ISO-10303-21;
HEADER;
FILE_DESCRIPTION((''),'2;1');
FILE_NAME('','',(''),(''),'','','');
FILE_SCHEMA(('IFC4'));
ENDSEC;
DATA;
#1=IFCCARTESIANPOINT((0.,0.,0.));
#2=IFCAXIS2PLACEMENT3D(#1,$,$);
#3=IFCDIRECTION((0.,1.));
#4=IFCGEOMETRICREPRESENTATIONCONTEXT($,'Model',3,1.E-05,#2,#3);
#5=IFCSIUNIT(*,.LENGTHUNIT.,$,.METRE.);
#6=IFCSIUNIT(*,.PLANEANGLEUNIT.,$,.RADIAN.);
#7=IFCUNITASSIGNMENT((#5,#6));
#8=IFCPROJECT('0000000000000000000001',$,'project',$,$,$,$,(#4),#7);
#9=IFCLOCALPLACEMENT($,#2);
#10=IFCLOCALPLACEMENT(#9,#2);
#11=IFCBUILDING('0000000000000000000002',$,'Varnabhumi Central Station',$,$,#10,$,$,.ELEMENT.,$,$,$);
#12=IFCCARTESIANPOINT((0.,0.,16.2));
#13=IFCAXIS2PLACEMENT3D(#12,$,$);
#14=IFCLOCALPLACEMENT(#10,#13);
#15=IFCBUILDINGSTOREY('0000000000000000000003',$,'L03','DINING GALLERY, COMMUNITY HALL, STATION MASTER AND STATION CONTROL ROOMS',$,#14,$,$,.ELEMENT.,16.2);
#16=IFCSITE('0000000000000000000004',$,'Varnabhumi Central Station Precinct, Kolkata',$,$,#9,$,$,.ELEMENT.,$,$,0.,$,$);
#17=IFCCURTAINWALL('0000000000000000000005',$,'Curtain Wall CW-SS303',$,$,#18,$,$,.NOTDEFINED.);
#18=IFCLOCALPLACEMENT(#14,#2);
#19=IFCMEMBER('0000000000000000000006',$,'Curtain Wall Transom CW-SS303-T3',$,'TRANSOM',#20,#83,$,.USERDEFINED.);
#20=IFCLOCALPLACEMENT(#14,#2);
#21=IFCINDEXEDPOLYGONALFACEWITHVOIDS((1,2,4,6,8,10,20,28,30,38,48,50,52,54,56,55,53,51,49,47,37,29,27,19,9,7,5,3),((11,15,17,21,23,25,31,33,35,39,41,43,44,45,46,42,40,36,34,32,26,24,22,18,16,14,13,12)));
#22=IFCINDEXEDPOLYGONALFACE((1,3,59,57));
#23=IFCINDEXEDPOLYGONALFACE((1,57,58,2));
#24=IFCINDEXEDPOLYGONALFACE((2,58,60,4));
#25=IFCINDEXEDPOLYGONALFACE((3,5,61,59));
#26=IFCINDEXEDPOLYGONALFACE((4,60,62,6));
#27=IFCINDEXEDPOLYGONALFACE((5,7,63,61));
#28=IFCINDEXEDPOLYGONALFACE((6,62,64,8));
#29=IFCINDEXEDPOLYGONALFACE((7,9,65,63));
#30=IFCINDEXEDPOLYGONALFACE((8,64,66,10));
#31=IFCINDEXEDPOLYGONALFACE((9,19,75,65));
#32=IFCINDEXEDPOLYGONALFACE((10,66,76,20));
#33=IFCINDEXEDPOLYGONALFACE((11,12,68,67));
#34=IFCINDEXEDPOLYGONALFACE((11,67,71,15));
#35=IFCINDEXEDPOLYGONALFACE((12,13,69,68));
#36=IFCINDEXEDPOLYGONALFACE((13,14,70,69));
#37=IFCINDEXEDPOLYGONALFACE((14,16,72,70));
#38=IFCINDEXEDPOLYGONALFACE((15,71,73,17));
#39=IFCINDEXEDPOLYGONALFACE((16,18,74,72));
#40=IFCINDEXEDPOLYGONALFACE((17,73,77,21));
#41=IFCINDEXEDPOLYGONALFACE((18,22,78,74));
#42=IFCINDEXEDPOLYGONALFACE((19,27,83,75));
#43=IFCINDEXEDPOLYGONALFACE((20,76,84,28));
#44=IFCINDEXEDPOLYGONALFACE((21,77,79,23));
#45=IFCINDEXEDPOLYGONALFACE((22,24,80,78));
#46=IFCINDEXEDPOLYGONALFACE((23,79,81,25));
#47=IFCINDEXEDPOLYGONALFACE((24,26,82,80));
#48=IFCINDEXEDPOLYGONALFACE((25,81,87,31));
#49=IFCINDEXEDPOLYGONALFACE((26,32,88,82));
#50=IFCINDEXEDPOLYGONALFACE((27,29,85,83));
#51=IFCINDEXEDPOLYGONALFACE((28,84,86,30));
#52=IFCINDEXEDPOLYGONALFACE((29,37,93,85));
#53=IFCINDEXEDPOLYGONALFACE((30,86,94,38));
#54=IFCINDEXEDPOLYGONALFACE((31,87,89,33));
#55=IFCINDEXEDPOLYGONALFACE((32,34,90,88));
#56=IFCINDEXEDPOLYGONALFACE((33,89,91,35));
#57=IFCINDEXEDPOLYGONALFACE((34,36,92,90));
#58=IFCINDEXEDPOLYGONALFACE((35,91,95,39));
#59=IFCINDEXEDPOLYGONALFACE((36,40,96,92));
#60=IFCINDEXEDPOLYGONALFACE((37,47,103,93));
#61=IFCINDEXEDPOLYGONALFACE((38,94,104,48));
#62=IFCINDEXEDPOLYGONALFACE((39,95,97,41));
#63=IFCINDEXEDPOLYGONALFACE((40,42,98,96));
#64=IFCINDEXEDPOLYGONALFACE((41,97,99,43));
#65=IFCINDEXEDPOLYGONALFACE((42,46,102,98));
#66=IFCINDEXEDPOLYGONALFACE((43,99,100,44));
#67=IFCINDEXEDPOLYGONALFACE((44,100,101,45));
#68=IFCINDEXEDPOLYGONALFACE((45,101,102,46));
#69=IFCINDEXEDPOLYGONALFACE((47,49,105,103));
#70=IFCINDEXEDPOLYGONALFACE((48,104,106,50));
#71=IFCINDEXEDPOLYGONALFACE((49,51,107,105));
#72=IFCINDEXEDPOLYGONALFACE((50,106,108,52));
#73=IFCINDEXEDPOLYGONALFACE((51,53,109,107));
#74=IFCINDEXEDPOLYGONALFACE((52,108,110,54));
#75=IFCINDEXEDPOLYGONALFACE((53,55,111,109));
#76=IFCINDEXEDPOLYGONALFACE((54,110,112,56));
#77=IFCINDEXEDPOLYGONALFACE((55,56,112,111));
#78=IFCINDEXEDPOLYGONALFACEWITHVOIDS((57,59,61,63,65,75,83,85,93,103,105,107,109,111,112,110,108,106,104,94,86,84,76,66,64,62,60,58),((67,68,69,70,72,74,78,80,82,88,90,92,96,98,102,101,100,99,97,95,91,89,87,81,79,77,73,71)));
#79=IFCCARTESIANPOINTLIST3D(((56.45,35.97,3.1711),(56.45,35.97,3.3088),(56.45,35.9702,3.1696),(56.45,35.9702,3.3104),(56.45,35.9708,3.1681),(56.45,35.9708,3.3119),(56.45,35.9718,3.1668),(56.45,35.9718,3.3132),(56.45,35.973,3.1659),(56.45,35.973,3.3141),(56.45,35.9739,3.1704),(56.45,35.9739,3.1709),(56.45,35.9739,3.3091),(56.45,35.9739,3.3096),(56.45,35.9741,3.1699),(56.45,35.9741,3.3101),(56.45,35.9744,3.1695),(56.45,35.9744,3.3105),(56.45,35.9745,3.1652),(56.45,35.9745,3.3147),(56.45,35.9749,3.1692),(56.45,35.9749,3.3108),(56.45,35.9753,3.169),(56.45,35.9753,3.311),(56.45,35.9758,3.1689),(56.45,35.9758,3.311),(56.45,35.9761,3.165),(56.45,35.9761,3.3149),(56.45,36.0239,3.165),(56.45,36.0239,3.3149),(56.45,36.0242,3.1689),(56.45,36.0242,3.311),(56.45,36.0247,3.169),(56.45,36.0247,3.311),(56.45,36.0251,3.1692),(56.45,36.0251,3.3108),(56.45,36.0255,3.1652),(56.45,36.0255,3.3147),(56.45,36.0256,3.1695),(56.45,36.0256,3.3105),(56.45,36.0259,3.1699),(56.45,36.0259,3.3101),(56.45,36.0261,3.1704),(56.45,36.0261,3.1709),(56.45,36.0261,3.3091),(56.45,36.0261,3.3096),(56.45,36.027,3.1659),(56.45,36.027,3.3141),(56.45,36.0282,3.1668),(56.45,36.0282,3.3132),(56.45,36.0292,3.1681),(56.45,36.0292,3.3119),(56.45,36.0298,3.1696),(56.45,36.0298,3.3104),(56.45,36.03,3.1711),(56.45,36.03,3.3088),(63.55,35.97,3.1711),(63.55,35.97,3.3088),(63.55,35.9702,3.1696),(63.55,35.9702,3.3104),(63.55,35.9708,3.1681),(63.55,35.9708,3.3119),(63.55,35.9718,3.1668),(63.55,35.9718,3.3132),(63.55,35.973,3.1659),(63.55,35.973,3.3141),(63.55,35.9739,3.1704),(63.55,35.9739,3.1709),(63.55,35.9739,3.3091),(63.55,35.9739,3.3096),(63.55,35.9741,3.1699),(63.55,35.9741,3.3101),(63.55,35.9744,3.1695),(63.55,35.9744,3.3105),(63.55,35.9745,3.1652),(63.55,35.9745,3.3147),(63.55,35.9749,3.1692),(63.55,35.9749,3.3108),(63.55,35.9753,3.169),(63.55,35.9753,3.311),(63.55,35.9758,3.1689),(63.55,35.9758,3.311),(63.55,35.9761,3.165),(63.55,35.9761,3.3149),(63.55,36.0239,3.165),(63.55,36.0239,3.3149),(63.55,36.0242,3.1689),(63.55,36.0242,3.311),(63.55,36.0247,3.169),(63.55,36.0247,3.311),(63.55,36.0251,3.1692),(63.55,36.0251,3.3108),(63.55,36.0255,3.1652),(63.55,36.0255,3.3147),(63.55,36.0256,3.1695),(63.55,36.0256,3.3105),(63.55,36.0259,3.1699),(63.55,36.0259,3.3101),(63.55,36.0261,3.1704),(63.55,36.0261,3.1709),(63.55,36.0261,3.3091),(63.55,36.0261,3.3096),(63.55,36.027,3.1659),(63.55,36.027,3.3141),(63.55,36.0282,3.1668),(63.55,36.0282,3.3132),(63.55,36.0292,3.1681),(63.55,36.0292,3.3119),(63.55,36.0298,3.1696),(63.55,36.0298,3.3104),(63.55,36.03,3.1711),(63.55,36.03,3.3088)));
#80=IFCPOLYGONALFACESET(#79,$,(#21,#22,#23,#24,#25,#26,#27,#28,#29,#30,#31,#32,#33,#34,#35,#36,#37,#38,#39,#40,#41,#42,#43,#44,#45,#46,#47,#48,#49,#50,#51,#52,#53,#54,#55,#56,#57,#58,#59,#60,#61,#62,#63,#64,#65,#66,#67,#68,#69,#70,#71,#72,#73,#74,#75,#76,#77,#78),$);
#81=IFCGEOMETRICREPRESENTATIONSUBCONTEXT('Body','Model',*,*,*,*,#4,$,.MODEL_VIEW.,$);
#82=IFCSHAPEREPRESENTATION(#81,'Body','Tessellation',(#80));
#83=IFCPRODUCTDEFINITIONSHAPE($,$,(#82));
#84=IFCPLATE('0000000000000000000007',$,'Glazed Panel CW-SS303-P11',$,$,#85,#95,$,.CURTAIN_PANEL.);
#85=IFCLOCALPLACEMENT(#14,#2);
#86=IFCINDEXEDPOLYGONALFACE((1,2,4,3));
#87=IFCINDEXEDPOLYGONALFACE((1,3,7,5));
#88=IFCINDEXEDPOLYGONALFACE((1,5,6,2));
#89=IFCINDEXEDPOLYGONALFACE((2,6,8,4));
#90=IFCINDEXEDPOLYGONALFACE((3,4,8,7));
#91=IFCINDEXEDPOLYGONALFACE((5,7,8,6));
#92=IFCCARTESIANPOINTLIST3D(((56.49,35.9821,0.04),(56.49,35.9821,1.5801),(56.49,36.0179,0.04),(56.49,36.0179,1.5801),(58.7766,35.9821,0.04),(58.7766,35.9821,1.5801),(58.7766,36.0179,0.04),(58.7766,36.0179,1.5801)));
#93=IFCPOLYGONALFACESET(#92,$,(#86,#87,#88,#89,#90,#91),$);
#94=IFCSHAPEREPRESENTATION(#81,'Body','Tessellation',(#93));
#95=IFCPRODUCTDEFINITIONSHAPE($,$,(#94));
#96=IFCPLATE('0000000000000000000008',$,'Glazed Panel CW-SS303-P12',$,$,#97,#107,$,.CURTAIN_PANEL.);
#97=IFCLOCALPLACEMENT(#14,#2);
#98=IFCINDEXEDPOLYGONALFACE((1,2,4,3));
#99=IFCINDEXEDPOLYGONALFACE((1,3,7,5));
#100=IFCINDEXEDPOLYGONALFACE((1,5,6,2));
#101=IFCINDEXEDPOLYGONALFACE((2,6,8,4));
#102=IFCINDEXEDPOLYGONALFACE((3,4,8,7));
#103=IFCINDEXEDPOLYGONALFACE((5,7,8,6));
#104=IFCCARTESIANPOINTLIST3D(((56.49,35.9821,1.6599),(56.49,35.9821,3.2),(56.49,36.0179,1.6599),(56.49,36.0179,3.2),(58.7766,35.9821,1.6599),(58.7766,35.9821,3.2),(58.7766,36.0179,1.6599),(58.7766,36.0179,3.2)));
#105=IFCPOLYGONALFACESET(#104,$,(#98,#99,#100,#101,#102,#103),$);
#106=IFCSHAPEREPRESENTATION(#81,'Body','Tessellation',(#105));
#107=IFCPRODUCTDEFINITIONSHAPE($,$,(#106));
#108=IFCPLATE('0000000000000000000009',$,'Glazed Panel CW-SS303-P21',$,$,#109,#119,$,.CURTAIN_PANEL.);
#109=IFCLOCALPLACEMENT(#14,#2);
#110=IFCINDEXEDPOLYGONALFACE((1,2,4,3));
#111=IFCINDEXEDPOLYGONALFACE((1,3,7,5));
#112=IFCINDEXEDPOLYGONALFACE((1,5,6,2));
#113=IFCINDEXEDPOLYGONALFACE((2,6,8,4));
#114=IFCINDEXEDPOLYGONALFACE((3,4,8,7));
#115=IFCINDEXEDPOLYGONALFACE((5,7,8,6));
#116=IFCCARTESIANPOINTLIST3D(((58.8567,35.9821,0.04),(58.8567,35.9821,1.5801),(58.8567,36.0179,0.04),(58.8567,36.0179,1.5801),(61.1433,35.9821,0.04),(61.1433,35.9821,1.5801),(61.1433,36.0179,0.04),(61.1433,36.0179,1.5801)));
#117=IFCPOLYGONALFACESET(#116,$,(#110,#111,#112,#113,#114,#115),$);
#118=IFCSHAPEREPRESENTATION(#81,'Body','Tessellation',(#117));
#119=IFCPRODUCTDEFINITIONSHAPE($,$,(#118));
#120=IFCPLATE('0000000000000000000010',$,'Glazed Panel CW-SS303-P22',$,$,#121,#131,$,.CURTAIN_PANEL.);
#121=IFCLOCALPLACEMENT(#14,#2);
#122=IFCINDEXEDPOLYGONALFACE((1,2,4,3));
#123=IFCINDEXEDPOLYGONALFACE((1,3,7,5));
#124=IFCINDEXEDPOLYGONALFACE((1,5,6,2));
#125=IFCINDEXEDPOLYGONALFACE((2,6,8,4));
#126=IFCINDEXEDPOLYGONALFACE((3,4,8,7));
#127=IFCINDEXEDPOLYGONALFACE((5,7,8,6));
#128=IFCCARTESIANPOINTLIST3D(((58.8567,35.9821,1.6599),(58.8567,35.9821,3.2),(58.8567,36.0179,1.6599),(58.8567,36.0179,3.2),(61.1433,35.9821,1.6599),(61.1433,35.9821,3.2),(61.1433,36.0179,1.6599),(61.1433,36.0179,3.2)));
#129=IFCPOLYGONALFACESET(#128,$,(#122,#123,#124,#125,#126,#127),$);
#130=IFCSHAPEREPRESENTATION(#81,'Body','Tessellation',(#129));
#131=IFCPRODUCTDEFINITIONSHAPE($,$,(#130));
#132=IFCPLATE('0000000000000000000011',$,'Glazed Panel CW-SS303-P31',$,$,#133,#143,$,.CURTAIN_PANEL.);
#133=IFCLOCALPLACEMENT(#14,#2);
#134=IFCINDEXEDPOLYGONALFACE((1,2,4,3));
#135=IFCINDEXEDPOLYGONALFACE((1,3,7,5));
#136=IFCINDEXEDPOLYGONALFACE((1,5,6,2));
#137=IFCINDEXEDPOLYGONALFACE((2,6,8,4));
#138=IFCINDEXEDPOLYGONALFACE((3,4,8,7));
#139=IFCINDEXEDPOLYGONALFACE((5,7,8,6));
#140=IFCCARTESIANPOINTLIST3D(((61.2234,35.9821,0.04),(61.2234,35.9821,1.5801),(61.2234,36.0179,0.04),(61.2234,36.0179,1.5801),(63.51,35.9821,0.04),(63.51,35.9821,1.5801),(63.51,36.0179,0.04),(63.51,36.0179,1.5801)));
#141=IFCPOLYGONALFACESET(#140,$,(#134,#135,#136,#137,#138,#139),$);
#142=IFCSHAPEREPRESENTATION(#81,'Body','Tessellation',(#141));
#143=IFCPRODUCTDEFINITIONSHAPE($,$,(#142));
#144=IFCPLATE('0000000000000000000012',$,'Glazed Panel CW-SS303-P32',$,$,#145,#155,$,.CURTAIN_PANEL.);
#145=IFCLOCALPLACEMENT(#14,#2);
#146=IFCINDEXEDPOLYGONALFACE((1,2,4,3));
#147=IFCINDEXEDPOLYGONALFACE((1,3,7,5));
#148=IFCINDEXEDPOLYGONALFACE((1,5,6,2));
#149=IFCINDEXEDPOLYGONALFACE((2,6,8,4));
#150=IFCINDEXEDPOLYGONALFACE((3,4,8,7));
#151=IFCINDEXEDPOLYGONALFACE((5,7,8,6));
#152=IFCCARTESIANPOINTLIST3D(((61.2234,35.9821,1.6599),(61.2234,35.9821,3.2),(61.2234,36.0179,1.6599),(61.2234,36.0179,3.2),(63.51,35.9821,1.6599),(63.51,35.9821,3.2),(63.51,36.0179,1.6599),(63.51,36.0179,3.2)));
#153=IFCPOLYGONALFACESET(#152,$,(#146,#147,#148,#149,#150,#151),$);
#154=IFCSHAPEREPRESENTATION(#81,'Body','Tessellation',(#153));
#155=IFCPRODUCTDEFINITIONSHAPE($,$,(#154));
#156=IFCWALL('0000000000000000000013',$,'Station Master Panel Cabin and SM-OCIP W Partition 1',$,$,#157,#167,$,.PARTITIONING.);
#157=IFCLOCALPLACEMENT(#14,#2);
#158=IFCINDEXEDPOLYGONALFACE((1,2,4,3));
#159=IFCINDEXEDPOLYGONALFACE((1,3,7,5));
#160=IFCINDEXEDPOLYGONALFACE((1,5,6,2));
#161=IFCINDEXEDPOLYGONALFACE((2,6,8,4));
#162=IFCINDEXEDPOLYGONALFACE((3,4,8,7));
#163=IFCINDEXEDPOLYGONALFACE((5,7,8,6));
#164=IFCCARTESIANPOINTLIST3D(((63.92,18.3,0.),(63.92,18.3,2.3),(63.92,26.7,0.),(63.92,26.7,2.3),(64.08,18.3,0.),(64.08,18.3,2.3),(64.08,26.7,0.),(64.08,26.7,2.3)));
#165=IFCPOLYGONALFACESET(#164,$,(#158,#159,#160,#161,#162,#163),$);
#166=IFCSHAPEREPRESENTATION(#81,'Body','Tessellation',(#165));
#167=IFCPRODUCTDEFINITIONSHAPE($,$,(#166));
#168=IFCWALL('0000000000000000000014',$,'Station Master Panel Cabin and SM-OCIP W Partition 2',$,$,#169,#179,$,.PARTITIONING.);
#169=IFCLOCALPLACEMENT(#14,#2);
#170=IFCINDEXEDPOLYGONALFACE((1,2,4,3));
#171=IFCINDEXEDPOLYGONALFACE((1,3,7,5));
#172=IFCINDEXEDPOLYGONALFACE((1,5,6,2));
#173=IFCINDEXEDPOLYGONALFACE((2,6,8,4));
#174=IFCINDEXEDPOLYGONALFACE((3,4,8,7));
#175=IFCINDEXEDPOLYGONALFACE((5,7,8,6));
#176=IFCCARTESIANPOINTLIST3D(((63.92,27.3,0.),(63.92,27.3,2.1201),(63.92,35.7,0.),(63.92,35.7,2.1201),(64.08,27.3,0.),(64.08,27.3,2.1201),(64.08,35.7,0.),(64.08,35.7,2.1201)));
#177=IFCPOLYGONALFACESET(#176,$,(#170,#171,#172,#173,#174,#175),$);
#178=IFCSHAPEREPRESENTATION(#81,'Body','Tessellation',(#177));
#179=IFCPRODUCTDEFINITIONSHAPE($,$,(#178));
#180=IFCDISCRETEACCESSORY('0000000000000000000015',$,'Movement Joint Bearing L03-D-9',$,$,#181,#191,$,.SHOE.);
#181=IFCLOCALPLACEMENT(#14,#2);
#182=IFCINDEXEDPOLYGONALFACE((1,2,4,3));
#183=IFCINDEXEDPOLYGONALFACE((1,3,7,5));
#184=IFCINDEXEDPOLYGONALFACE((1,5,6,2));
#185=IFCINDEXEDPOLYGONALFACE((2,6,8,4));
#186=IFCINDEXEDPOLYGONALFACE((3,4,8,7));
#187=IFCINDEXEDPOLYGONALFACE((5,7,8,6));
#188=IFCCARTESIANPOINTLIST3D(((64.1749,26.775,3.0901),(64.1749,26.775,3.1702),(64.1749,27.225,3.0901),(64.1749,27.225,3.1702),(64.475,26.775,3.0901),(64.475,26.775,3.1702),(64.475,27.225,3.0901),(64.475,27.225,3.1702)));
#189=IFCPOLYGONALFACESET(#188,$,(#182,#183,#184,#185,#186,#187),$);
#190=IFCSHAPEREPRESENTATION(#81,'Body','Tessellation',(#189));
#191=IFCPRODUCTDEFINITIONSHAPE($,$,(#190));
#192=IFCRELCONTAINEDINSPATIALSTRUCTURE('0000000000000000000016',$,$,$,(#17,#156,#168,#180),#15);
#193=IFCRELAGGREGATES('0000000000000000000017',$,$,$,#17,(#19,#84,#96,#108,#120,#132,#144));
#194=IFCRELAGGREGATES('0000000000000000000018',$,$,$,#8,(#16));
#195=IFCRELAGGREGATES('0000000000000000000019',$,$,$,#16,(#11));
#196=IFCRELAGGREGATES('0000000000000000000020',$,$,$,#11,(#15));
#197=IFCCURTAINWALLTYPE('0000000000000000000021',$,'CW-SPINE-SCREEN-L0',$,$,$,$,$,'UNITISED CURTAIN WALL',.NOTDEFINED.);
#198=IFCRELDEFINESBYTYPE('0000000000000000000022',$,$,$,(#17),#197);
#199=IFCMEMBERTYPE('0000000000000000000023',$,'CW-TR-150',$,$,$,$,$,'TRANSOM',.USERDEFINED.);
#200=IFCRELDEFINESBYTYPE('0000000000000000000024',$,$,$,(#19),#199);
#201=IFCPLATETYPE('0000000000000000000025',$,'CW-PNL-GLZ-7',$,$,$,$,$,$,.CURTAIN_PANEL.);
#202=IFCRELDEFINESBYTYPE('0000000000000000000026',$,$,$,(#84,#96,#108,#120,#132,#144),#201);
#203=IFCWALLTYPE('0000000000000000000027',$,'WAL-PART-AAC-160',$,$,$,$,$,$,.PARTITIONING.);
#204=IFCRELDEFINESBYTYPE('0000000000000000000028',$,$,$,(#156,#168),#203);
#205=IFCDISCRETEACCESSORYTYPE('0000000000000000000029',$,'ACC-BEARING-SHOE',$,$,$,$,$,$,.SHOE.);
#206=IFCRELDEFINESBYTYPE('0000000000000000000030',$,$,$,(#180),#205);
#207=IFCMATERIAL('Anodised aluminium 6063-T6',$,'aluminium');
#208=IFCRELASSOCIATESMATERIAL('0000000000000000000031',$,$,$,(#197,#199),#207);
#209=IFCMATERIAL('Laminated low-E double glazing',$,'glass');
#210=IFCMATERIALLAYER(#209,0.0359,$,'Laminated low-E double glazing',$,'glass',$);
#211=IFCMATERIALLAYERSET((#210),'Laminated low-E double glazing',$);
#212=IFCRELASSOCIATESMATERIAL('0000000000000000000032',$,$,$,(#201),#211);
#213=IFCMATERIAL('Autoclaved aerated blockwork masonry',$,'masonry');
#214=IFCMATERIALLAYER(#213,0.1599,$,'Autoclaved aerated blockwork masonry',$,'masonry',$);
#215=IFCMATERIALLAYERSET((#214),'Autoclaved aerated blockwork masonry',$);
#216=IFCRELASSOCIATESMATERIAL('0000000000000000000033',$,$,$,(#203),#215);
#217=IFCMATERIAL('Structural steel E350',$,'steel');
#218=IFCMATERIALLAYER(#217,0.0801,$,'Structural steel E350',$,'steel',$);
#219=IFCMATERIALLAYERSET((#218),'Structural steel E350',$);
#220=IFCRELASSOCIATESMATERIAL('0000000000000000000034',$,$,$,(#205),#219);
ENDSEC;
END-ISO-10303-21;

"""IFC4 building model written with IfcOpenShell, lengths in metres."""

from ifc_helpers import new_model, si_unit, direction, frame, frame_2d, origin, origin_2d, place, context, subcontext, project, spatial, rectangle, hollow_rectangle, extrude, material, layer, layer_set, material_profile, profile_set, type_object, element, aggregate, save


model = new_model("IFC4")

# Units and contexts
model_context = context("Model", 3, precision=1e-05, world=origin(), true_north=direction((0.0, 1.0)))
body_context = subcontext(model_context, "Body", "Model", "MODEL_VIEW")
ifc_project = project(units=[si_unit("LENGTHUNIT", "METRE"), si_unit("PLANEANGLEUNIT", "RADIAN")], contexts=[model_context])

# Site, building, storey
site_placement = place(None, origin())
site = spatial("IfcSite", under=ifc_project, at=site_placement, Name="Varnabhumi Central Station Precinct, Kolkata", CompositionType="ELEMENT", RefElevation=0.0)
building_placement = place(site_placement, origin())
building = spatial("IfcBuilding", under=site, at=building_placement, Name="Varnabhumi Central Station", CompositionType="ELEMENT")
storey_placement = place(building_placement, frame((0.0, 0.0, 16.2)))
storey = spatial("IfcBuildingStorey", under=building, at=storey_placement, Name="L03", Description="DINING GALLERY, COMMUNITY HALL, STATION MASTER AND STATION CONTROL ROOMS", CompositionType="ELEMENT", Elevation=16.2)

# Shared definitions
ifc_material_1 = material(Name="Structural steel E350", Category="steel")

# Curtain wall, member, plates
ifc_material_2 = material(Name="Anodised aluminium 6063-T6", Category="aluminium")
curtain_wall_type = type_object("IfcCurtainWallType", Name="CW-SPINE-SCREEN-L0", ElementType="UNITISED CURTAIN WALL", PredefinedType="NOTDEFINED", material=ifc_material_2)
curtain_wall_placement = place(storey_placement, origin())
curtain_wall = element("IfcCurtainWall", 1, at=curtain_wall_placement, inside=storey, type_object=curtain_wall_type, Name="Curtain Wall CW-SS303", PredefinedType="NOTDEFINED")
ifc_material_profile_1 = material_profile(ifc_material_2, hollow_rectangle(XDim=0.0601, YDim=0.1499, WallThickness=0.0039, InnerFilletRadius=0.002, OuterFilletRadius=0.0061, at=origin_2d()), Name="Anodised aluminium 6063-T6", Category="aluminium")
ifc_profile_set_1 = profile_set([ifc_material_profile_1], Name="Anodised aluminium 6063-T6")
member_type_1 = type_object("IfcMemberType", Name="CW-TR-150", ElementType="TRANSOM", PredefinedType="USERDEFINED", material=ifc_profile_set_1)
member_1_placement = place(storey_placement, frame((56.45, 36.0, 3.24), z_axis=(1.0, 0.0, 0.0), x_axis=(0.0, 1.0, 0.0)))
member_1 = element("IfcMember", 2, at=member_1_placement, type_object=member_type_1, Name="Curtain Wall Transom CW-SS303-T3", ObjectType="TRANSOM", PredefinedType="USERDEFINED", context=body_context, shape_type="SweptSolid", body=[
    extrude(hollow_rectangle(XDim=0.0601, YDim=0.1499, WallThickness=0.0039, InnerFilletRadius=0.002, OuterFilletRadius=0.0061, at=origin_2d()), origin(), (0.0, 0.0, 1.0), 7.1001),
])
ifc_material_3 = material(Name="Laminated low-E double glazing", Category="glass")
ifc_layer_1 = layer(ifc_material_3, 0.0359, Name="Laminated low-E double glazing", Category="glass")
ifc_layer_set_1 = layer_set([ifc_layer_1], Name="Laminated low-E double glazing")
plate_type = type_object("IfcPlateType", Name="CW-PNL-GLZ-7", PredefinedType="CURTAIN_PANEL", material=ifc_layer_set_1)
plate_1_placement = place(storey_placement, frame((57.6333, 36.0, 0.04), z_axis=(0.0, 0.0, 1.0), x_axis=(1.0, 0.0, 0.0)))
plate_1 = element("IfcPlate", 3, at=plate_1_placement, type_object=plate_type, Name="Glazed Panel CW-SS303-P11", PredefinedType="CURTAIN_PANEL", context=body_context, shape_type="SweptSolid", body=[
    extrude(rectangle(XDim=2.2866, YDim=0.0359, at=origin_2d()), origin(), (0.0, 0.0, 1.0), 1.54),
])
plate_2_placement = place(storey_placement, frame((57.6333, 36.0, 1.6599), z_axis=(0.0, 0.0, 1.0), x_axis=(1.0, 0.0, 0.0)))
plate_2 = element("IfcPlate", 4, at=plate_2_placement, type_object=plate_type, Name="Glazed Panel CW-SS303-P12", PredefinedType="CURTAIN_PANEL", context=body_context, shape_type="SweptSolid", body=[
    extrude(rectangle(XDim=2.2866, YDim=0.0359, at=origin_2d()), origin(), (0.0, 0.0, 1.0), 1.54),
])
plate_3_placement = place(storey_placement, frame((60.0, 36.0, 0.04), z_axis=(0.0, 0.0, 1.0), x_axis=(1.0, 0.0, 0.0)))
plate_3 = element("IfcPlate", 5, at=plate_3_placement, type_object=plate_type, Name="Glazed Panel CW-SS303-P21", PredefinedType="CURTAIN_PANEL", context=body_context, shape_type="SweptSolid", body=[
    extrude(rectangle(XDim=2.2866, YDim=0.0359, at=origin_2d()), origin(), (0.0, 0.0, 1.0), 1.54),
])
plate_4_placement = place(storey_placement, frame((60.0, 36.0, 1.6599), z_axis=(0.0, 0.0, 1.0), x_axis=(1.0, 0.0, 0.0)))
plate_4 = element("IfcPlate", 6, at=plate_4_placement, type_object=plate_type, Name="Glazed Panel CW-SS303-P22", PredefinedType="CURTAIN_PANEL", context=body_context, shape_type="SweptSolid", body=[
    extrude(rectangle(XDim=2.2866, YDim=0.0359, at=origin_2d()), origin(), (0.0, 0.0, 1.0), 1.54),
])
plate_5_placement = place(storey_placement, frame((62.3667, 36.0, 0.04), z_axis=(0.0, 0.0, 1.0), x_axis=(1.0, 0.0, 0.0)))
plate_5 = element("IfcPlate", 7, at=plate_5_placement, type_object=plate_type, Name="Glazed Panel CW-SS303-P31", PredefinedType="CURTAIN_PANEL", context=body_context, shape_type="SweptSolid", body=[
    extrude(rectangle(XDim=2.2866, YDim=0.0359, at=origin_2d()), origin(), (0.0, 0.0, 1.0), 1.54),
])
plate_6_placement = place(storey_placement, frame((62.3667, 36.0, 1.6599), z_axis=(0.0, 0.0, 1.0), x_axis=(1.0, 0.0, 0.0)))
plate_6 = element("IfcPlate", 8, at=plate_6_placement, type_object=plate_type, Name="Glazed Panel CW-SS303-P32", PredefinedType="CURTAIN_PANEL", context=body_context, shape_type="SweptSolid", body=[
    extrude(rectangle(XDim=2.2866, YDim=0.0359, at=origin_2d()), origin(), (0.0, 0.0, 1.0), 1.54),
])
aggregate(curtain_wall, [member_1, plate_1, plate_2, plate_3, plate_4, plate_5, plate_6])

# Walls
ifc_material_4 = material(Name="Autoclaved aerated blockwork masonry", Category="masonry")
ifc_layer_2 = layer(ifc_material_4, 0.1599, Name="Autoclaved aerated blockwork masonry", Category="masonry")
ifc_layer_set_2 = layer_set([ifc_layer_2], Name="Autoclaved aerated blockwork masonry")
wall_type = type_object("IfcWallType", Name="WAL-PART-AAC-160", PredefinedType="PARTITIONING", material=ifc_layer_set_2)
wall_1_placement = place(storey_placement, frame((64.0, 18.3, 0.0), z_axis=(0.0, 0.0, 1.0), x_axis=(0.0, 1.0, 0.0)))
element("IfcWall", 9, at=wall_1_placement, inside=storey, type_object=wall_type, Name="Station Master Panel Cabin and SM-OCIP W Partition 1", PredefinedType="PARTITIONING", context=body_context, shape_type="SweptSolid", body=[
    extrude(rectangle(XDim=8.3999, YDim=0.1599, at=frame_2d((4.2, 0.0))), origin(), (0.0, 0.0, 1.0), 2.3),
])
wall_2_placement = place(storey_placement, frame((64.0, 27.3, 0.0), z_axis=(0.0, 0.0, 1.0), x_axis=(0.0, 1.0, 0.0)))
element("IfcWall", 10, at=wall_2_placement, inside=storey, type_object=wall_type, Name="Station Master Panel Cabin and SM-OCIP W Partition 2", PredefinedType="PARTITIONING", context=body_context, shape_type="SweptSolid", body=[
    extrude(rectangle(XDim=8.3999, YDim=0.1599, at=frame_2d((4.2, 0.0))), origin(), (0.0, 0.0, 1.0), 2.1201),
])

# Discrete accessory
ifc_layer_3 = layer(ifc_material_1, 0.0801, Name="Structural steel E350", Category="steel")
ifc_layer_set_3 = layer_set([ifc_layer_3], Name="Structural steel E350")
discrete_accessory_type_1 = type_object("IfcDiscreteAccessoryType", Name="ACC-BEARING-SHOE", PredefinedType="SHOE", material=ifc_layer_set_3)
discrete_accessory_1_placement = place(storey_placement, frame((64.325, 27.0, 3.0901), z_axis=(0.0, 0.0, 1.0), x_axis=(1.0, 0.0, 0.0)))
element("IfcDiscreteAccessory", 11, at=discrete_accessory_1_placement, inside=storey, type_object=discrete_accessory_type_1, Name="Movement Joint Bearing L03-D-9", PredefinedType="SHOE", context=body_context, shape_type="SweptSolid", body=[
    extrude(rectangle(XDim=0.3, YDim=0.45, at=origin_2d()), origin(), (0.0, 0.0, 1.0), 0.0801),
])

save(model, "model.ifc")
